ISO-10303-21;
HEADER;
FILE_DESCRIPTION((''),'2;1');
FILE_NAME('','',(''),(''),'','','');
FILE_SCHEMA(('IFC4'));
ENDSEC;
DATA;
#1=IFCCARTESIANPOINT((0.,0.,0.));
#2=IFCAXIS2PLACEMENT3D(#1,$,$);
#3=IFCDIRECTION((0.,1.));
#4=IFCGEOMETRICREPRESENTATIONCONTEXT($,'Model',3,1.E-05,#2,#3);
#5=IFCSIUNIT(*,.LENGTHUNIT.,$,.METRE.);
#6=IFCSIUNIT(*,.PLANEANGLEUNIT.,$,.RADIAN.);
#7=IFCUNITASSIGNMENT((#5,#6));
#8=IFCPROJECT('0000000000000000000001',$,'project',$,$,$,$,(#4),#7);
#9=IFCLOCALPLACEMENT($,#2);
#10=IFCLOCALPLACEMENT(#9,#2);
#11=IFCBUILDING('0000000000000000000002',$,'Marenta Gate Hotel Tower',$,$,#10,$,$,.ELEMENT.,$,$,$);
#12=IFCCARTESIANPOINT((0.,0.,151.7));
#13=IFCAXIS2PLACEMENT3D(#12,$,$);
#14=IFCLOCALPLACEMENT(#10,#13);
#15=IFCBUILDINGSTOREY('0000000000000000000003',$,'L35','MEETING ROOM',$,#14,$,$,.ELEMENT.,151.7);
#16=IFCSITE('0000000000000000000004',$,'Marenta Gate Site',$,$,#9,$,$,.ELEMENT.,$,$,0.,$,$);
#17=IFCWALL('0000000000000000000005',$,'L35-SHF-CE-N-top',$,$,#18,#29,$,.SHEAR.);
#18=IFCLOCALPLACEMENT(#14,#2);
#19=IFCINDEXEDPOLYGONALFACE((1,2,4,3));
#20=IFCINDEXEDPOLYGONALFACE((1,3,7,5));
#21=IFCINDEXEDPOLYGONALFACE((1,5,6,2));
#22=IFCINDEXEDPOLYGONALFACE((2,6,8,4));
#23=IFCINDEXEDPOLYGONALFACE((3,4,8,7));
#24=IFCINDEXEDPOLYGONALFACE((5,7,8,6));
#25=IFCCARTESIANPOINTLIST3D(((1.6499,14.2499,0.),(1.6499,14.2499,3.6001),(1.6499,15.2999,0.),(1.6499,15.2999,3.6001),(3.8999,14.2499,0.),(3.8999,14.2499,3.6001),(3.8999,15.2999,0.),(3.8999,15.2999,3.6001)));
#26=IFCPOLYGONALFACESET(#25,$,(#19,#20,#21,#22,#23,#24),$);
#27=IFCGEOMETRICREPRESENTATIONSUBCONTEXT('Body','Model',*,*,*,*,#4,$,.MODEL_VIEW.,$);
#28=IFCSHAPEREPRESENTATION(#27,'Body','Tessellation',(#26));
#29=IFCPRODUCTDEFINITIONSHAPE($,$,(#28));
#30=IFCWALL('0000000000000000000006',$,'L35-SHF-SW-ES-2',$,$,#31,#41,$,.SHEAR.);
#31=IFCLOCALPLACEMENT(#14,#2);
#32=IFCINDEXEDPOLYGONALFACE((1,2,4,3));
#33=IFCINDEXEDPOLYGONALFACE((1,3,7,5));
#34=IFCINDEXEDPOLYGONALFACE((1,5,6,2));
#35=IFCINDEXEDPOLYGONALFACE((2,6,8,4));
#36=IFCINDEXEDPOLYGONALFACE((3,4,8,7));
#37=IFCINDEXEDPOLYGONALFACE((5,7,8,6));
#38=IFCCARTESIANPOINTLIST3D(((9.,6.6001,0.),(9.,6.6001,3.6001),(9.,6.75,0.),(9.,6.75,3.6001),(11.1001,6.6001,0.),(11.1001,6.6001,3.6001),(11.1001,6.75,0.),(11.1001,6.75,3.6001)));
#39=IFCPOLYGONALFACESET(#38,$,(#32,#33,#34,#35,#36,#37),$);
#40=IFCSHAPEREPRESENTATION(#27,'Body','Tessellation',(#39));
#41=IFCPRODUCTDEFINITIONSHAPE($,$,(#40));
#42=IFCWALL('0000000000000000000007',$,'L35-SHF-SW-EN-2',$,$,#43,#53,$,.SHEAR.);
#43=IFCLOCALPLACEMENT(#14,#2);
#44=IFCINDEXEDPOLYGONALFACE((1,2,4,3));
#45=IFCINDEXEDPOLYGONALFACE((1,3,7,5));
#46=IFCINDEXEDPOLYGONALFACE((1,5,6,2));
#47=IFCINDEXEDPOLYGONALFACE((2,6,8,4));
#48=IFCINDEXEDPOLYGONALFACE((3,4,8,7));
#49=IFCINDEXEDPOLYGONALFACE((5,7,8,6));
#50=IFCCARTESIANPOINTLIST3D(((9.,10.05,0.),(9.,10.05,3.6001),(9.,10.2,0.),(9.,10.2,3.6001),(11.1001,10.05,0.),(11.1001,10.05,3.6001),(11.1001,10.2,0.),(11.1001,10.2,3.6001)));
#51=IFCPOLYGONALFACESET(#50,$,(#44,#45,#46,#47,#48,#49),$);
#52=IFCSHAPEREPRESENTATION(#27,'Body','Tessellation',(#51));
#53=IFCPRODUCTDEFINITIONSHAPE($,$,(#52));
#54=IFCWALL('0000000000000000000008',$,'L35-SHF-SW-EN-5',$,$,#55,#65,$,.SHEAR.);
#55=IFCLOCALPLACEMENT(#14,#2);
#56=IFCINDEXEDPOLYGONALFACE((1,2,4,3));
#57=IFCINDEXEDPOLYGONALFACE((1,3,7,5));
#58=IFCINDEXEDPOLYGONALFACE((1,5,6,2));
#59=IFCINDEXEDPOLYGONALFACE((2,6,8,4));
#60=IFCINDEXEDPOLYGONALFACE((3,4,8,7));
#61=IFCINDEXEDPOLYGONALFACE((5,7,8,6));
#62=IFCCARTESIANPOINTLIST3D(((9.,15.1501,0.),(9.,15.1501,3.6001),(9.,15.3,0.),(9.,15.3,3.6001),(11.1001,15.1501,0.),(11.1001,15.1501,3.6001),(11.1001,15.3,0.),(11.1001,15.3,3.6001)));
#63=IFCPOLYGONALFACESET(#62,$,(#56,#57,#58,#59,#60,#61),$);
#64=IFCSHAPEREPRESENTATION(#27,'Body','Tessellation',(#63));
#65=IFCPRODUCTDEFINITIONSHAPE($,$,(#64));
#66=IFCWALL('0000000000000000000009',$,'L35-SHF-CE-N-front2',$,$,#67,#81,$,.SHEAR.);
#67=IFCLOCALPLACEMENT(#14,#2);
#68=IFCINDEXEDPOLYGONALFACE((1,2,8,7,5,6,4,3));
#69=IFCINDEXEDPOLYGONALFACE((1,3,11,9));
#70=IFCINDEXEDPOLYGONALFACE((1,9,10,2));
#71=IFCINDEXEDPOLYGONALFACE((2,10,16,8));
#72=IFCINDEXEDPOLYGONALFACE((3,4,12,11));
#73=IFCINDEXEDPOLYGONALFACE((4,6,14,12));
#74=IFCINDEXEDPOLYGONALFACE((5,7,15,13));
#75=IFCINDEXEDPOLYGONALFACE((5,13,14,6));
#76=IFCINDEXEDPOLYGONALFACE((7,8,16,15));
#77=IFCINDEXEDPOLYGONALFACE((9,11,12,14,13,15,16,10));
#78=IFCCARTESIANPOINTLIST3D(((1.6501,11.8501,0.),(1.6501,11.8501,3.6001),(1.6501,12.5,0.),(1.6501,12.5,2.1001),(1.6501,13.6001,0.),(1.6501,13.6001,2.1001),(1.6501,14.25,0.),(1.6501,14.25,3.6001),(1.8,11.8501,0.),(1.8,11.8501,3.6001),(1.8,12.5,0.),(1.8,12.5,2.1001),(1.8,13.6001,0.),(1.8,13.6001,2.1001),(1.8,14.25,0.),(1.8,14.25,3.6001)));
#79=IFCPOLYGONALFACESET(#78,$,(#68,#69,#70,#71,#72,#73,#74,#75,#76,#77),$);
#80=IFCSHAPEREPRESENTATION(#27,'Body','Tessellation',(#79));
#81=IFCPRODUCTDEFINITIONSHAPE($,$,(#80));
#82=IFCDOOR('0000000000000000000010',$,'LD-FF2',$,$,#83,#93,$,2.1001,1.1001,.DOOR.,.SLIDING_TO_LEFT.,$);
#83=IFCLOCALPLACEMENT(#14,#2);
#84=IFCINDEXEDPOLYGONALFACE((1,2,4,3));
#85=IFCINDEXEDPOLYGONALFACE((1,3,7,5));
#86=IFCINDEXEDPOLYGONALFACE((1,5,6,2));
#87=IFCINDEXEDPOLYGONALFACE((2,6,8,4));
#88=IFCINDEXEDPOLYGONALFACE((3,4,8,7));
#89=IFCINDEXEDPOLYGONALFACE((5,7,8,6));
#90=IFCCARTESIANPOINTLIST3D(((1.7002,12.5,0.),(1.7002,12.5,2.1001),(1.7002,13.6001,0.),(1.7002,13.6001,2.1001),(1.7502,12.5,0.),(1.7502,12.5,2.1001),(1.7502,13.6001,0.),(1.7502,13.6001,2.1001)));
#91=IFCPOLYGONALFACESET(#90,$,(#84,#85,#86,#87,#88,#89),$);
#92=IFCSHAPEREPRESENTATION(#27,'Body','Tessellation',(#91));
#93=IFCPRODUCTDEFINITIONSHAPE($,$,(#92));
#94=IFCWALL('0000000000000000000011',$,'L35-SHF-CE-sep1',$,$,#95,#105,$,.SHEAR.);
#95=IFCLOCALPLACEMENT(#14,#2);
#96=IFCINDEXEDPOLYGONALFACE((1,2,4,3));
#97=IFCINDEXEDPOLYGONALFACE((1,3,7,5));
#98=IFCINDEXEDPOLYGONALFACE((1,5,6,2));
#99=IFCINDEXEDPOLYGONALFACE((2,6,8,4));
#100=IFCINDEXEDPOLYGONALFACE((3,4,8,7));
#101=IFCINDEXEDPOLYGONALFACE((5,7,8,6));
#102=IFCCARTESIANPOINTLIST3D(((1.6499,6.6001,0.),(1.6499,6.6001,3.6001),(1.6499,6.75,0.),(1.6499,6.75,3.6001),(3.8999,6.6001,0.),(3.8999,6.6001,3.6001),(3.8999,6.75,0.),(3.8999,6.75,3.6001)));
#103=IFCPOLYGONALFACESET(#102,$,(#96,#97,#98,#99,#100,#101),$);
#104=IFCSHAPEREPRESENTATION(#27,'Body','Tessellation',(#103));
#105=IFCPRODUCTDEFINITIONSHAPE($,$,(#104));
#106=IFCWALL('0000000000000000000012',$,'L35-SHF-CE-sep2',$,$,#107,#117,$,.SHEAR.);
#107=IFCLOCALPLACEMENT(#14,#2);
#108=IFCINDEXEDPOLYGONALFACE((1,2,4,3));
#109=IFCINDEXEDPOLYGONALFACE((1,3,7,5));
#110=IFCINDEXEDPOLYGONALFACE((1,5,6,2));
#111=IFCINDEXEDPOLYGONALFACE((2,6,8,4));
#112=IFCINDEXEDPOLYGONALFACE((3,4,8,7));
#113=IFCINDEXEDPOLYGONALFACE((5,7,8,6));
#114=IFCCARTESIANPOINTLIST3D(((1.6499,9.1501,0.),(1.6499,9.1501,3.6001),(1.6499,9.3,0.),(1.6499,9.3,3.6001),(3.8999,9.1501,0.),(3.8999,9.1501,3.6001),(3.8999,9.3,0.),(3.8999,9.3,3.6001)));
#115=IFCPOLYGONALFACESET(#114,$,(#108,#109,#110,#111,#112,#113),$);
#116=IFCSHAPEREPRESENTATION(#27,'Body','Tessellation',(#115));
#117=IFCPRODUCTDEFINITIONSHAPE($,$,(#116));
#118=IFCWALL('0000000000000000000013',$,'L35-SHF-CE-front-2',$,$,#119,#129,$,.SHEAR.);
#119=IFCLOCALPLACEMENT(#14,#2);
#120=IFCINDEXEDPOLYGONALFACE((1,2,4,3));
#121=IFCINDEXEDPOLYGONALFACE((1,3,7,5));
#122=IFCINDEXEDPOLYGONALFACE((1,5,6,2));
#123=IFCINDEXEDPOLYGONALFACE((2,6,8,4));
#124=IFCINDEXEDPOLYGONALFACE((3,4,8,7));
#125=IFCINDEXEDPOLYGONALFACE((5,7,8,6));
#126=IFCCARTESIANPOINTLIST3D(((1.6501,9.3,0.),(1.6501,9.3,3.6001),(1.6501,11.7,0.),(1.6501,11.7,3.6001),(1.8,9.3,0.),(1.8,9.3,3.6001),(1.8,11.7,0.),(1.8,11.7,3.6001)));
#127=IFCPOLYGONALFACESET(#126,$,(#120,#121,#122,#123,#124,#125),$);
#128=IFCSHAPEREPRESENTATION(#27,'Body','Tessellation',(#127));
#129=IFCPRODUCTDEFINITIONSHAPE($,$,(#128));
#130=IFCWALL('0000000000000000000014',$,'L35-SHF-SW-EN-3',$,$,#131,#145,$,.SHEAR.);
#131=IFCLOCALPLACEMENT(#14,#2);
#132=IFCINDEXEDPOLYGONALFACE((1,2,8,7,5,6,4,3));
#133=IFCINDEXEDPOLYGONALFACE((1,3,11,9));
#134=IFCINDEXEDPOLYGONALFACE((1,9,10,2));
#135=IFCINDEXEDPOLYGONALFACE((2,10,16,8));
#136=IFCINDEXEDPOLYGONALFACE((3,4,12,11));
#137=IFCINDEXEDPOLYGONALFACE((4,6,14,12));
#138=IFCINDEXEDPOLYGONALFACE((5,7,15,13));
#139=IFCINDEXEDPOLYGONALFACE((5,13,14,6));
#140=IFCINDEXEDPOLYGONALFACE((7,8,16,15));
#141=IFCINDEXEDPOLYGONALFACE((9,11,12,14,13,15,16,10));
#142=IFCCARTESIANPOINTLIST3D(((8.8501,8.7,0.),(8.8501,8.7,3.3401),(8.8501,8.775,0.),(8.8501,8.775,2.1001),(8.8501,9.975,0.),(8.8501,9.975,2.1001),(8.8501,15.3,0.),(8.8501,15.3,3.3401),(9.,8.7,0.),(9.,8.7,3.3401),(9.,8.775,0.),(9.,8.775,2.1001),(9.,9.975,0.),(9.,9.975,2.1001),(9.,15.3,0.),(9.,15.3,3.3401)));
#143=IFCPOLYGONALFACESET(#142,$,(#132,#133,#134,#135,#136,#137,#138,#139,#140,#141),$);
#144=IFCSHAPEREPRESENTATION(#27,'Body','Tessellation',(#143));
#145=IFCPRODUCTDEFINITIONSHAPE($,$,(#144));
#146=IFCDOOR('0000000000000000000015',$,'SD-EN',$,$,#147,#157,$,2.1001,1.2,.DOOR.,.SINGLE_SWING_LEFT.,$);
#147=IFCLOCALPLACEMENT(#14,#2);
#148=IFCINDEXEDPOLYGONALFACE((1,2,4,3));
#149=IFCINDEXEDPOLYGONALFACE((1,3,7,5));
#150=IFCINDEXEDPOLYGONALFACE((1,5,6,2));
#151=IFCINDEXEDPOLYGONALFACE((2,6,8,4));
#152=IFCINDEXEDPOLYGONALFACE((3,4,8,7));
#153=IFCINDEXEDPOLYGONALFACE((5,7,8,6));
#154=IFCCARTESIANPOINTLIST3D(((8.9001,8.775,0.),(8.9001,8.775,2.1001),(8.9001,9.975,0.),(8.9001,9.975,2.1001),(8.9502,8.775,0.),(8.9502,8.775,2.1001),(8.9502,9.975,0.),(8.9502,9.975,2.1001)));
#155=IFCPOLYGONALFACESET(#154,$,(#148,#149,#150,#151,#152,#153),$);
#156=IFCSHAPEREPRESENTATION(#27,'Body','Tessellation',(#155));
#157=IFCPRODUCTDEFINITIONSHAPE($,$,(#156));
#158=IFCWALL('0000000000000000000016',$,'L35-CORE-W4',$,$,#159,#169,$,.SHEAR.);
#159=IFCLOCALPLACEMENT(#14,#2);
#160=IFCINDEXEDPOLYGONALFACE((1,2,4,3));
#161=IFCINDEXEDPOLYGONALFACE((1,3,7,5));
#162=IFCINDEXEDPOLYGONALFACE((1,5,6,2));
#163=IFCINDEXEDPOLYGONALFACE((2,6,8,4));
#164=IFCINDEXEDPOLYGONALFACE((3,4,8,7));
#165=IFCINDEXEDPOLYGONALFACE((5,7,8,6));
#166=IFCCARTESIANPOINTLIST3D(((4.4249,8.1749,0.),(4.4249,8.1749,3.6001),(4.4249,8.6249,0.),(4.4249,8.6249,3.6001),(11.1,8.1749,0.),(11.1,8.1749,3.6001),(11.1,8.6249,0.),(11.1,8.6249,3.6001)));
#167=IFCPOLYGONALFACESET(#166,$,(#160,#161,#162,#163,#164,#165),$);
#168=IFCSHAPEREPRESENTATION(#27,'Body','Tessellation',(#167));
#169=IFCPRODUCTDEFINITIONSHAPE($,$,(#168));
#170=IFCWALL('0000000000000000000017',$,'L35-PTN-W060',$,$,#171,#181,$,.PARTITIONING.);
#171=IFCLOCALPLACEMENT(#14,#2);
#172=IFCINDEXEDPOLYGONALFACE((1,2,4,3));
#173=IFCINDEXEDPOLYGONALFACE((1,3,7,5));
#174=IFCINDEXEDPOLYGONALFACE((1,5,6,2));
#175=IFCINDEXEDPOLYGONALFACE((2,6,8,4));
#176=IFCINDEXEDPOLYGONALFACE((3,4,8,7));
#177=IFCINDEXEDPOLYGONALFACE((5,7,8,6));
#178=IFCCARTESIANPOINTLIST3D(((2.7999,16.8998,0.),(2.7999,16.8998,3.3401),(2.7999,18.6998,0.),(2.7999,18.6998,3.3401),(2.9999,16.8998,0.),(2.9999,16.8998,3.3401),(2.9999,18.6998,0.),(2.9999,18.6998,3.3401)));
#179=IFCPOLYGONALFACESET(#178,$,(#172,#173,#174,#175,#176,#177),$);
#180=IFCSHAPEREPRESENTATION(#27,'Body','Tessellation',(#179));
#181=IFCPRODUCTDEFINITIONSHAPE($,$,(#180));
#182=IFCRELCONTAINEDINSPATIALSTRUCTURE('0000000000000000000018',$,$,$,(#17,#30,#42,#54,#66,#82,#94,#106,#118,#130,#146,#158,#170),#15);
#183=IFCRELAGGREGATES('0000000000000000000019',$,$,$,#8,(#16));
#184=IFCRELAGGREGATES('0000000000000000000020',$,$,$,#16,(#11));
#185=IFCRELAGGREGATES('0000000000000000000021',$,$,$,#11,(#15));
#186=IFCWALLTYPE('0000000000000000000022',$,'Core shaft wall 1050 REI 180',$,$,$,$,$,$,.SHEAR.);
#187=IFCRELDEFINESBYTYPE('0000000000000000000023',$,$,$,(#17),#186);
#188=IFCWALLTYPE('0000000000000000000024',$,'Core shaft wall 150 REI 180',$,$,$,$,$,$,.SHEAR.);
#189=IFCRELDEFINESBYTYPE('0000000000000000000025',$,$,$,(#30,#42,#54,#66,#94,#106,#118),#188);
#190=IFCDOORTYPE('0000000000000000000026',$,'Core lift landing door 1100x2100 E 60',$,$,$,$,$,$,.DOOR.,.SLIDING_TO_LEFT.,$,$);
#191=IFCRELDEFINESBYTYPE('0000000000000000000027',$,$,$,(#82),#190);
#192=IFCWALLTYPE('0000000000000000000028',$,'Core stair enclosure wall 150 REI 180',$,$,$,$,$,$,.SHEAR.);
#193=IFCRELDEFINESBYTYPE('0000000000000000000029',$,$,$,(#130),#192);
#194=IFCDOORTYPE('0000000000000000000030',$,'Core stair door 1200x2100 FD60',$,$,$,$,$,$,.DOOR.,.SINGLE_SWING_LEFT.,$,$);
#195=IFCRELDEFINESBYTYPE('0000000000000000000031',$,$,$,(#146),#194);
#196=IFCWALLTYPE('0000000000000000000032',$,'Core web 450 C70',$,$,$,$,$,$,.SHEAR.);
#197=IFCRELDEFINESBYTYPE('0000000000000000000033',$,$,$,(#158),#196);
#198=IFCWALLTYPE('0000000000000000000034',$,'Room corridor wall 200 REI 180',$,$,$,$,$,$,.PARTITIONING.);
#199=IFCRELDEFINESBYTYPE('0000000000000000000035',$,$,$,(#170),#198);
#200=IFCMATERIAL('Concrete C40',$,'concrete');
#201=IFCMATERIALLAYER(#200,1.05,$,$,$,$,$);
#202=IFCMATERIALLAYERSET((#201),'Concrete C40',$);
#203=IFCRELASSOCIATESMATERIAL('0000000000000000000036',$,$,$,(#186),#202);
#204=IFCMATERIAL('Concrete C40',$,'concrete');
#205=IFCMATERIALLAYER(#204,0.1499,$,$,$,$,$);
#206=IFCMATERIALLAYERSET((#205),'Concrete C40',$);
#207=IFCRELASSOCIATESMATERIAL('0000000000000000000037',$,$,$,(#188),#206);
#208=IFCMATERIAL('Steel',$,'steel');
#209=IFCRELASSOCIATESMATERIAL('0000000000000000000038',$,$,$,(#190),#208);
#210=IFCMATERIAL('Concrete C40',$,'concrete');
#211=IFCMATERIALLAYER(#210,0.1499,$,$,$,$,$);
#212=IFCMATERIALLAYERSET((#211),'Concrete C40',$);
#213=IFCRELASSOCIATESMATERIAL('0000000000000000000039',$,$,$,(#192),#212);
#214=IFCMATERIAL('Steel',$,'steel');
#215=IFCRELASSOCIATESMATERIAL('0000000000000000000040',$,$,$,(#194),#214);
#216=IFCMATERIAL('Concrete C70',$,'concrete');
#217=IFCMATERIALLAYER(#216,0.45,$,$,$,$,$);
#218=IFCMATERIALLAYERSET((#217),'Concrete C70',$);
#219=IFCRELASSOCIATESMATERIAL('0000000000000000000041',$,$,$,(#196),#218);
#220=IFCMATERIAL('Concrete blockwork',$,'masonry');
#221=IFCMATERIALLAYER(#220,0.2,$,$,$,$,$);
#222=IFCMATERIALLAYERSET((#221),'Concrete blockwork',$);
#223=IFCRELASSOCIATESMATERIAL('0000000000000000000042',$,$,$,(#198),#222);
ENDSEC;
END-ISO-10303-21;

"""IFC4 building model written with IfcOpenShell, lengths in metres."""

from ifc_helpers import new_model, si_unit, direction, frame, frame_2d, origin, place, context, subcontext, project, spatial, rectangle, extrude, material, layer, layer_set, type_object, element, fill, save


model = new_model("IFC4")

# Units and contexts
model_context = context("Model", 3, precision=1e-05, world=origin(), true_north=direction((0.0, 1.0)))
body_context = subcontext(model_context, "Body", "Model", "MODEL_VIEW")
ifc_project = project(units=[si_unit("LENGTHUNIT", "METRE"), si_unit("PLANEANGLEUNIT", "RADIAN")], contexts=[model_context])

# Site, building, storey
site_placement = place(None, origin())
site = spatial("IfcSite", under=ifc_project, at=site_placement, Name="Marenta Gate Site", CompositionType="ELEMENT", RefElevation=0.0)
building_placement = place(site_placement, origin())
building = spatial("IfcBuilding", under=site, at=building_placement, Name="Marenta Gate Hotel Tower", CompositionType="ELEMENT")
storey_placement = place(building_placement, frame((0.0, 0.0, 151.7)))
storey = spatial("IfcBuildingStorey", under=building, at=storey_placement, Name="L35", Description="MEETING ROOM", CompositionType="ELEMENT", Elevation=151.7)

# Walls
ifc_material_1 = material(Name="Concrete C40", Category="concrete")
ifc_layer_1 = layer(ifc_material_1, 1.05)
ifc_layer_set_1 = layer_set([ifc_layer_1], Name="Concrete C40")
wall_type_1 = type_object("IfcWallType", Name="Core shaft wall 1050 REI 180", PredefinedType="SHEAR", material=ifc_layer_set_1)
wall_1_placement = place(storey_placement, frame((1.6499, 14.7749, 0.0), z_axis=(0.0, 0.0, 1.0), x_axis=(1.0, 0.0, 0.0)))
element("IfcWall", 1, at=wall_1_placement, inside=storey, type_object=wall_type_1, Name="L35-SHF-CE-N-top", PredefinedType="SHEAR", context=body_context, shape_type="SweptSolid", body=[
    extrude(rectangle(XDim=2.25, YDim=1.05, at=frame_2d((1.125, 0.0))), origin(), (0.0, 0.0, 1.0), 3.6001),
])
ifc_material_2 = material(Name="Concrete C40", Category="concrete")
ifc_layer_2 = layer(ifc_material_2, 0.1499)
ifc_layer_set_2 = layer_set([ifc_layer_2], Name="Concrete C40")
wall_type_2 = type_object("IfcWallType", Name="Core shaft wall 150 REI 180", PredefinedType="SHEAR", material=ifc_layer_set_2)
for number, where, z_axis, x_axis, name in (
    (2, (9.0, 6.675, 0.0), (0.0, 0.0, 1.0), (1.0, 0.0, 0.0), "L35-SHF-SW-ES-2"),
    (3, (9.0, 10.125, 0.0), (0.0, 0.0, 1.0), (1.0, 0.0, 0.0), "L35-SHF-SW-EN-2"),
    (4, (9.0, 15.2251, 0.0), (0.0, 0.0, 1.0), (1.0, 0.0, 0.0), "L35-SHF-SW-EN-5"),
):
    element("IfcWall", number, at=place(storey_placement, frame(where, z_axis=z_axis, x_axis=x_axis)), inside=storey, type_object=wall_type_2, Name=name, PredefinedType="SHEAR", context=body_context, shape_type="SweptSolid", body=[
        extrude(rectangle(XDim=2.1001, YDim=0.1499, at=frame_2d((1.05, 0.0))), origin(), (0.0, 0.0, 1.0), 3.6001),
    ])

# Wall, opening, door
wall_2_placement = place(storey_placement, frame((1.7251, 11.8501, 0.0), z_axis=(0.0, 0.0, 1.0), x_axis=(0.0, 1.0, 0.0)))
wall_2 = element("IfcWall", 5, at=wall_2_placement, inside=storey, type_object=wall_type_2, Name="L35-SHF-CE-N-front2", PredefinedType="SHEAR", context=body_context, shape_type="SweptSolid", body=[
    extrude(rectangle(XDim=2.3999, YDim=0.1499, at=frame_2d((1.2, 0.0))), origin(), (0.0, 0.0, 1.0), 3.6001),
])
opening_1_placement = place(wall_2_placement, frame((0.6499, 0.0, 0.0)))
opening_1 = element("IfcOpeningElement", 6, at=opening_1_placement, cuts=wall_2, PredefinedType="OPENING", context=body_context, shape_type="SweptSolid", body=[
    extrude(rectangle(XDim=1.1001, YDim=2.1001, at=frame_2d((0.55, 1.05))), frame((0.0, 0.075, 0.0), z_axis=(0.0, -1.0, 0.0), x_axis=(1.0, 0.0, 0.0)), (0.0, 0.0, 1.0), 0.1499),
])
ifc_material_3 = material(Name="Steel", Category="steel")
door_type_1 = type_object("IfcDoorType", Name="Core lift landing door 1100x2100 E 60", OperationType="SLIDING_TO_LEFT", PredefinedType="DOOR", material=ifc_material_3)
door_1_placement = place(opening_1_placement, origin())
door_1 = element("IfcDoor", 7, at=door_1_placement, inside=storey, type_object=door_type_1, Name="LD-FF2", OperationType="SLIDING_TO_LEFT", OverallHeight=2.1001, OverallWidth=1.1001, PredefinedType="DOOR", context=body_context, shape_type="SweptSolid", body=[
    extrude(rectangle(XDim=1.1001, YDim=2.1001, at=frame_2d((0.55, 1.05))), frame((0.0, 0.0249, 0.0), z_axis=(0.0, -1.0, 0.0), x_axis=(1.0, 0.0, 0.0)), (0.0, 0.0, 1.0), 0.05),
])
fill(opening_1, door_1)

# Walls
for number, where, z_axis, x_axis, name in (
    (8, (1.6499, 6.675, 0.0), (0.0, 0.0, 1.0), (1.0, 0.0, 0.0), "L35-SHF-CE-sep1"),
    (9, (1.6499, 9.2251, 0.0), (0.0, 0.0, 1.0), (1.0, 0.0, 0.0), "L35-SHF-CE-sep2"),
):
    element("IfcWall", number, at=place(storey_placement, frame(where, z_axis=z_axis, x_axis=x_axis)), inside=storey, type_object=wall_type_2, Name=name, PredefinedType="SHEAR", context=body_context, shape_type="SweptSolid", body=[
        extrude(rectangle(XDim=2.25, YDim=0.1499, at=frame_2d((1.125, 0.0))), origin(), (0.0, 0.0, 1.0), 3.6001),
    ])
wall_3_placement = place(storey_placement, frame((1.7251, 9.3, 0.0), z_axis=(0.0, 0.0, 1.0), x_axis=(0.0, 1.0, 0.0)))
element("IfcWall", 10, at=wall_3_placement, inside=storey, type_object=wall_type_2, Name="L35-SHF-CE-front-2", PredefinedType="SHEAR", context=body_context, shape_type="SweptSolid", body=[
    extrude(rectangle(XDim=2.3999, YDim=0.1499, at=frame_2d((1.2, 0.0))), origin(), (0.0, 0.0, 1.0), 3.6001),
])

# Wall, opening, door
ifc_material_4 = material(Name="Concrete C40", Category="concrete")
ifc_layer_3 = layer(ifc_material_4, 0.1499)
ifc_layer_set_3 = layer_set([ifc_layer_3], Name="Concrete C40")
wall_type_3 = type_object("IfcWallType", Name="Core stair enclosure wall 150 REI 180", PredefinedType="SHEAR", material=ifc_layer_set_3)
wall_4_placement = place(storey_placement, frame((8.925, 8.7, 0.0), z_axis=(0.0, 0.0, 1.0), x_axis=(0.0, 1.0, 0.0)))
wall_4 = element("IfcWall", 11, at=wall_4_placement, inside=storey, type_object=wall_type_3, Name="L35-SHF-SW-EN-3", PredefinedType="SHEAR", context=body_context, shape_type="SweptSolid", body=[
    extrude(rectangle(XDim=6.6001, YDim=0.1499, at=frame_2d((3.3, 0.0))), origin(), (0.0, 0.0, 1.0), 3.3401),
])
opening_2_placement = place(wall_4_placement, frame((0.075, 0.0, 0.0)))
opening_2 = element("IfcOpeningElement", 12, at=opening_2_placement, cuts=wall_4, PredefinedType="OPENING", context=body_context, shape_type="SweptSolid", body=[
    extrude(rectangle(XDim=1.2, YDim=2.1001, at=frame_2d((0.6001, 1.05))), frame((0.0, 0.075, 0.0), z_axis=(0.0, -1.0, 0.0), x_axis=(1.0, 0.0, 0.0)), (0.0, 0.0, 1.0), 0.1499),
])
ifc_material_5 = material(Name="Steel", Category="steel")
door_type_2 = type_object("IfcDoorType", Name="Core stair door 1200x2100 FD60", OperationType="SINGLE_SWING_LEFT", PredefinedType="DOOR", material=ifc_material_5)
door_2_placement = place(opening_2_placement, origin())
door_2 = element("IfcDoor", 13, at=door_2_placement, inside=storey, type_object=door_type_2, Name="SD-EN", OperationType="SINGLE_SWING_LEFT", OverallHeight=2.1001, OverallWidth=1.2, PredefinedType="DOOR", context=body_context, shape_type="SweptSolid", body=[
    extrude(rectangle(XDim=1.2, YDim=2.1001, at=frame_2d((0.6001, 1.05))), frame((0.0, 0.0249, 0.0), z_axis=(0.0, -1.0, 0.0), x_axis=(1.0, 0.0, 0.0)), (0.0, 0.0, 1.0), 0.05),
])
fill(opening_2, door_2)

# Walls
ifc_material_6 = material(Name="Concrete C70", Category="concrete")
ifc_layer_4 = layer(ifc_material_6, 0.45)
ifc_layer_set_4 = layer_set([ifc_layer_4], Name="Concrete C70")
wall_type_4 = type_object("IfcWallType", Name="Core web 450 C70", PredefinedType="SHEAR", material=ifc_layer_set_4)
wall_5_placement = place(storey_placement, frame((4.425, 8.3999, 0.0), z_axis=(0.0, 0.0, 1.0), x_axis=(1.0, 0.0, 0.0)))
element("IfcWall", 14, at=wall_5_placement, inside=storey, type_object=wall_type_4, Name="L35-CORE-W4", PredefinedType="SHEAR", context=body_context, shape_type="SweptSolid", body=[
    extrude(rectangle(XDim=6.675, YDim=0.45, at=frame_2d((3.3374, 0.0))), origin(), (0.0, 0.0, 1.0), 3.6001),
])
ifc_material_7 = material(Name="Concrete blockwork", Category="masonry")
ifc_layer_5 = layer(ifc_material_7, 0.2)
ifc_layer_set_5 = layer_set([ifc_layer_5], Name="Concrete blockwork")
wall_type_5 = type_object("IfcWallType", Name="Room corridor wall 200 REI 180", PredefinedType="PARTITIONING", material=ifc_layer_set_5)
wall_6_placement = place(storey_placement, frame((2.8999, 16.8999, 0.0), z_axis=(0.0, 0.0, 1.0), x_axis=(0.0, 1.0, 0.0)))
element("IfcWall", 15, at=wall_6_placement, inside=storey, type_object=wall_type_5, Name="L35-PTN-W060", PredefinedType="PARTITIONING", context=body_context, shape_type="SweptSolid", body=[
    extrude(rectangle(XDim=1.8, YDim=0.2, at=frame_2d((0.8999, 0.0))), origin(), (0.0, 0.0, 1.0), 3.3401),
])

save(model, "model.ifc")
